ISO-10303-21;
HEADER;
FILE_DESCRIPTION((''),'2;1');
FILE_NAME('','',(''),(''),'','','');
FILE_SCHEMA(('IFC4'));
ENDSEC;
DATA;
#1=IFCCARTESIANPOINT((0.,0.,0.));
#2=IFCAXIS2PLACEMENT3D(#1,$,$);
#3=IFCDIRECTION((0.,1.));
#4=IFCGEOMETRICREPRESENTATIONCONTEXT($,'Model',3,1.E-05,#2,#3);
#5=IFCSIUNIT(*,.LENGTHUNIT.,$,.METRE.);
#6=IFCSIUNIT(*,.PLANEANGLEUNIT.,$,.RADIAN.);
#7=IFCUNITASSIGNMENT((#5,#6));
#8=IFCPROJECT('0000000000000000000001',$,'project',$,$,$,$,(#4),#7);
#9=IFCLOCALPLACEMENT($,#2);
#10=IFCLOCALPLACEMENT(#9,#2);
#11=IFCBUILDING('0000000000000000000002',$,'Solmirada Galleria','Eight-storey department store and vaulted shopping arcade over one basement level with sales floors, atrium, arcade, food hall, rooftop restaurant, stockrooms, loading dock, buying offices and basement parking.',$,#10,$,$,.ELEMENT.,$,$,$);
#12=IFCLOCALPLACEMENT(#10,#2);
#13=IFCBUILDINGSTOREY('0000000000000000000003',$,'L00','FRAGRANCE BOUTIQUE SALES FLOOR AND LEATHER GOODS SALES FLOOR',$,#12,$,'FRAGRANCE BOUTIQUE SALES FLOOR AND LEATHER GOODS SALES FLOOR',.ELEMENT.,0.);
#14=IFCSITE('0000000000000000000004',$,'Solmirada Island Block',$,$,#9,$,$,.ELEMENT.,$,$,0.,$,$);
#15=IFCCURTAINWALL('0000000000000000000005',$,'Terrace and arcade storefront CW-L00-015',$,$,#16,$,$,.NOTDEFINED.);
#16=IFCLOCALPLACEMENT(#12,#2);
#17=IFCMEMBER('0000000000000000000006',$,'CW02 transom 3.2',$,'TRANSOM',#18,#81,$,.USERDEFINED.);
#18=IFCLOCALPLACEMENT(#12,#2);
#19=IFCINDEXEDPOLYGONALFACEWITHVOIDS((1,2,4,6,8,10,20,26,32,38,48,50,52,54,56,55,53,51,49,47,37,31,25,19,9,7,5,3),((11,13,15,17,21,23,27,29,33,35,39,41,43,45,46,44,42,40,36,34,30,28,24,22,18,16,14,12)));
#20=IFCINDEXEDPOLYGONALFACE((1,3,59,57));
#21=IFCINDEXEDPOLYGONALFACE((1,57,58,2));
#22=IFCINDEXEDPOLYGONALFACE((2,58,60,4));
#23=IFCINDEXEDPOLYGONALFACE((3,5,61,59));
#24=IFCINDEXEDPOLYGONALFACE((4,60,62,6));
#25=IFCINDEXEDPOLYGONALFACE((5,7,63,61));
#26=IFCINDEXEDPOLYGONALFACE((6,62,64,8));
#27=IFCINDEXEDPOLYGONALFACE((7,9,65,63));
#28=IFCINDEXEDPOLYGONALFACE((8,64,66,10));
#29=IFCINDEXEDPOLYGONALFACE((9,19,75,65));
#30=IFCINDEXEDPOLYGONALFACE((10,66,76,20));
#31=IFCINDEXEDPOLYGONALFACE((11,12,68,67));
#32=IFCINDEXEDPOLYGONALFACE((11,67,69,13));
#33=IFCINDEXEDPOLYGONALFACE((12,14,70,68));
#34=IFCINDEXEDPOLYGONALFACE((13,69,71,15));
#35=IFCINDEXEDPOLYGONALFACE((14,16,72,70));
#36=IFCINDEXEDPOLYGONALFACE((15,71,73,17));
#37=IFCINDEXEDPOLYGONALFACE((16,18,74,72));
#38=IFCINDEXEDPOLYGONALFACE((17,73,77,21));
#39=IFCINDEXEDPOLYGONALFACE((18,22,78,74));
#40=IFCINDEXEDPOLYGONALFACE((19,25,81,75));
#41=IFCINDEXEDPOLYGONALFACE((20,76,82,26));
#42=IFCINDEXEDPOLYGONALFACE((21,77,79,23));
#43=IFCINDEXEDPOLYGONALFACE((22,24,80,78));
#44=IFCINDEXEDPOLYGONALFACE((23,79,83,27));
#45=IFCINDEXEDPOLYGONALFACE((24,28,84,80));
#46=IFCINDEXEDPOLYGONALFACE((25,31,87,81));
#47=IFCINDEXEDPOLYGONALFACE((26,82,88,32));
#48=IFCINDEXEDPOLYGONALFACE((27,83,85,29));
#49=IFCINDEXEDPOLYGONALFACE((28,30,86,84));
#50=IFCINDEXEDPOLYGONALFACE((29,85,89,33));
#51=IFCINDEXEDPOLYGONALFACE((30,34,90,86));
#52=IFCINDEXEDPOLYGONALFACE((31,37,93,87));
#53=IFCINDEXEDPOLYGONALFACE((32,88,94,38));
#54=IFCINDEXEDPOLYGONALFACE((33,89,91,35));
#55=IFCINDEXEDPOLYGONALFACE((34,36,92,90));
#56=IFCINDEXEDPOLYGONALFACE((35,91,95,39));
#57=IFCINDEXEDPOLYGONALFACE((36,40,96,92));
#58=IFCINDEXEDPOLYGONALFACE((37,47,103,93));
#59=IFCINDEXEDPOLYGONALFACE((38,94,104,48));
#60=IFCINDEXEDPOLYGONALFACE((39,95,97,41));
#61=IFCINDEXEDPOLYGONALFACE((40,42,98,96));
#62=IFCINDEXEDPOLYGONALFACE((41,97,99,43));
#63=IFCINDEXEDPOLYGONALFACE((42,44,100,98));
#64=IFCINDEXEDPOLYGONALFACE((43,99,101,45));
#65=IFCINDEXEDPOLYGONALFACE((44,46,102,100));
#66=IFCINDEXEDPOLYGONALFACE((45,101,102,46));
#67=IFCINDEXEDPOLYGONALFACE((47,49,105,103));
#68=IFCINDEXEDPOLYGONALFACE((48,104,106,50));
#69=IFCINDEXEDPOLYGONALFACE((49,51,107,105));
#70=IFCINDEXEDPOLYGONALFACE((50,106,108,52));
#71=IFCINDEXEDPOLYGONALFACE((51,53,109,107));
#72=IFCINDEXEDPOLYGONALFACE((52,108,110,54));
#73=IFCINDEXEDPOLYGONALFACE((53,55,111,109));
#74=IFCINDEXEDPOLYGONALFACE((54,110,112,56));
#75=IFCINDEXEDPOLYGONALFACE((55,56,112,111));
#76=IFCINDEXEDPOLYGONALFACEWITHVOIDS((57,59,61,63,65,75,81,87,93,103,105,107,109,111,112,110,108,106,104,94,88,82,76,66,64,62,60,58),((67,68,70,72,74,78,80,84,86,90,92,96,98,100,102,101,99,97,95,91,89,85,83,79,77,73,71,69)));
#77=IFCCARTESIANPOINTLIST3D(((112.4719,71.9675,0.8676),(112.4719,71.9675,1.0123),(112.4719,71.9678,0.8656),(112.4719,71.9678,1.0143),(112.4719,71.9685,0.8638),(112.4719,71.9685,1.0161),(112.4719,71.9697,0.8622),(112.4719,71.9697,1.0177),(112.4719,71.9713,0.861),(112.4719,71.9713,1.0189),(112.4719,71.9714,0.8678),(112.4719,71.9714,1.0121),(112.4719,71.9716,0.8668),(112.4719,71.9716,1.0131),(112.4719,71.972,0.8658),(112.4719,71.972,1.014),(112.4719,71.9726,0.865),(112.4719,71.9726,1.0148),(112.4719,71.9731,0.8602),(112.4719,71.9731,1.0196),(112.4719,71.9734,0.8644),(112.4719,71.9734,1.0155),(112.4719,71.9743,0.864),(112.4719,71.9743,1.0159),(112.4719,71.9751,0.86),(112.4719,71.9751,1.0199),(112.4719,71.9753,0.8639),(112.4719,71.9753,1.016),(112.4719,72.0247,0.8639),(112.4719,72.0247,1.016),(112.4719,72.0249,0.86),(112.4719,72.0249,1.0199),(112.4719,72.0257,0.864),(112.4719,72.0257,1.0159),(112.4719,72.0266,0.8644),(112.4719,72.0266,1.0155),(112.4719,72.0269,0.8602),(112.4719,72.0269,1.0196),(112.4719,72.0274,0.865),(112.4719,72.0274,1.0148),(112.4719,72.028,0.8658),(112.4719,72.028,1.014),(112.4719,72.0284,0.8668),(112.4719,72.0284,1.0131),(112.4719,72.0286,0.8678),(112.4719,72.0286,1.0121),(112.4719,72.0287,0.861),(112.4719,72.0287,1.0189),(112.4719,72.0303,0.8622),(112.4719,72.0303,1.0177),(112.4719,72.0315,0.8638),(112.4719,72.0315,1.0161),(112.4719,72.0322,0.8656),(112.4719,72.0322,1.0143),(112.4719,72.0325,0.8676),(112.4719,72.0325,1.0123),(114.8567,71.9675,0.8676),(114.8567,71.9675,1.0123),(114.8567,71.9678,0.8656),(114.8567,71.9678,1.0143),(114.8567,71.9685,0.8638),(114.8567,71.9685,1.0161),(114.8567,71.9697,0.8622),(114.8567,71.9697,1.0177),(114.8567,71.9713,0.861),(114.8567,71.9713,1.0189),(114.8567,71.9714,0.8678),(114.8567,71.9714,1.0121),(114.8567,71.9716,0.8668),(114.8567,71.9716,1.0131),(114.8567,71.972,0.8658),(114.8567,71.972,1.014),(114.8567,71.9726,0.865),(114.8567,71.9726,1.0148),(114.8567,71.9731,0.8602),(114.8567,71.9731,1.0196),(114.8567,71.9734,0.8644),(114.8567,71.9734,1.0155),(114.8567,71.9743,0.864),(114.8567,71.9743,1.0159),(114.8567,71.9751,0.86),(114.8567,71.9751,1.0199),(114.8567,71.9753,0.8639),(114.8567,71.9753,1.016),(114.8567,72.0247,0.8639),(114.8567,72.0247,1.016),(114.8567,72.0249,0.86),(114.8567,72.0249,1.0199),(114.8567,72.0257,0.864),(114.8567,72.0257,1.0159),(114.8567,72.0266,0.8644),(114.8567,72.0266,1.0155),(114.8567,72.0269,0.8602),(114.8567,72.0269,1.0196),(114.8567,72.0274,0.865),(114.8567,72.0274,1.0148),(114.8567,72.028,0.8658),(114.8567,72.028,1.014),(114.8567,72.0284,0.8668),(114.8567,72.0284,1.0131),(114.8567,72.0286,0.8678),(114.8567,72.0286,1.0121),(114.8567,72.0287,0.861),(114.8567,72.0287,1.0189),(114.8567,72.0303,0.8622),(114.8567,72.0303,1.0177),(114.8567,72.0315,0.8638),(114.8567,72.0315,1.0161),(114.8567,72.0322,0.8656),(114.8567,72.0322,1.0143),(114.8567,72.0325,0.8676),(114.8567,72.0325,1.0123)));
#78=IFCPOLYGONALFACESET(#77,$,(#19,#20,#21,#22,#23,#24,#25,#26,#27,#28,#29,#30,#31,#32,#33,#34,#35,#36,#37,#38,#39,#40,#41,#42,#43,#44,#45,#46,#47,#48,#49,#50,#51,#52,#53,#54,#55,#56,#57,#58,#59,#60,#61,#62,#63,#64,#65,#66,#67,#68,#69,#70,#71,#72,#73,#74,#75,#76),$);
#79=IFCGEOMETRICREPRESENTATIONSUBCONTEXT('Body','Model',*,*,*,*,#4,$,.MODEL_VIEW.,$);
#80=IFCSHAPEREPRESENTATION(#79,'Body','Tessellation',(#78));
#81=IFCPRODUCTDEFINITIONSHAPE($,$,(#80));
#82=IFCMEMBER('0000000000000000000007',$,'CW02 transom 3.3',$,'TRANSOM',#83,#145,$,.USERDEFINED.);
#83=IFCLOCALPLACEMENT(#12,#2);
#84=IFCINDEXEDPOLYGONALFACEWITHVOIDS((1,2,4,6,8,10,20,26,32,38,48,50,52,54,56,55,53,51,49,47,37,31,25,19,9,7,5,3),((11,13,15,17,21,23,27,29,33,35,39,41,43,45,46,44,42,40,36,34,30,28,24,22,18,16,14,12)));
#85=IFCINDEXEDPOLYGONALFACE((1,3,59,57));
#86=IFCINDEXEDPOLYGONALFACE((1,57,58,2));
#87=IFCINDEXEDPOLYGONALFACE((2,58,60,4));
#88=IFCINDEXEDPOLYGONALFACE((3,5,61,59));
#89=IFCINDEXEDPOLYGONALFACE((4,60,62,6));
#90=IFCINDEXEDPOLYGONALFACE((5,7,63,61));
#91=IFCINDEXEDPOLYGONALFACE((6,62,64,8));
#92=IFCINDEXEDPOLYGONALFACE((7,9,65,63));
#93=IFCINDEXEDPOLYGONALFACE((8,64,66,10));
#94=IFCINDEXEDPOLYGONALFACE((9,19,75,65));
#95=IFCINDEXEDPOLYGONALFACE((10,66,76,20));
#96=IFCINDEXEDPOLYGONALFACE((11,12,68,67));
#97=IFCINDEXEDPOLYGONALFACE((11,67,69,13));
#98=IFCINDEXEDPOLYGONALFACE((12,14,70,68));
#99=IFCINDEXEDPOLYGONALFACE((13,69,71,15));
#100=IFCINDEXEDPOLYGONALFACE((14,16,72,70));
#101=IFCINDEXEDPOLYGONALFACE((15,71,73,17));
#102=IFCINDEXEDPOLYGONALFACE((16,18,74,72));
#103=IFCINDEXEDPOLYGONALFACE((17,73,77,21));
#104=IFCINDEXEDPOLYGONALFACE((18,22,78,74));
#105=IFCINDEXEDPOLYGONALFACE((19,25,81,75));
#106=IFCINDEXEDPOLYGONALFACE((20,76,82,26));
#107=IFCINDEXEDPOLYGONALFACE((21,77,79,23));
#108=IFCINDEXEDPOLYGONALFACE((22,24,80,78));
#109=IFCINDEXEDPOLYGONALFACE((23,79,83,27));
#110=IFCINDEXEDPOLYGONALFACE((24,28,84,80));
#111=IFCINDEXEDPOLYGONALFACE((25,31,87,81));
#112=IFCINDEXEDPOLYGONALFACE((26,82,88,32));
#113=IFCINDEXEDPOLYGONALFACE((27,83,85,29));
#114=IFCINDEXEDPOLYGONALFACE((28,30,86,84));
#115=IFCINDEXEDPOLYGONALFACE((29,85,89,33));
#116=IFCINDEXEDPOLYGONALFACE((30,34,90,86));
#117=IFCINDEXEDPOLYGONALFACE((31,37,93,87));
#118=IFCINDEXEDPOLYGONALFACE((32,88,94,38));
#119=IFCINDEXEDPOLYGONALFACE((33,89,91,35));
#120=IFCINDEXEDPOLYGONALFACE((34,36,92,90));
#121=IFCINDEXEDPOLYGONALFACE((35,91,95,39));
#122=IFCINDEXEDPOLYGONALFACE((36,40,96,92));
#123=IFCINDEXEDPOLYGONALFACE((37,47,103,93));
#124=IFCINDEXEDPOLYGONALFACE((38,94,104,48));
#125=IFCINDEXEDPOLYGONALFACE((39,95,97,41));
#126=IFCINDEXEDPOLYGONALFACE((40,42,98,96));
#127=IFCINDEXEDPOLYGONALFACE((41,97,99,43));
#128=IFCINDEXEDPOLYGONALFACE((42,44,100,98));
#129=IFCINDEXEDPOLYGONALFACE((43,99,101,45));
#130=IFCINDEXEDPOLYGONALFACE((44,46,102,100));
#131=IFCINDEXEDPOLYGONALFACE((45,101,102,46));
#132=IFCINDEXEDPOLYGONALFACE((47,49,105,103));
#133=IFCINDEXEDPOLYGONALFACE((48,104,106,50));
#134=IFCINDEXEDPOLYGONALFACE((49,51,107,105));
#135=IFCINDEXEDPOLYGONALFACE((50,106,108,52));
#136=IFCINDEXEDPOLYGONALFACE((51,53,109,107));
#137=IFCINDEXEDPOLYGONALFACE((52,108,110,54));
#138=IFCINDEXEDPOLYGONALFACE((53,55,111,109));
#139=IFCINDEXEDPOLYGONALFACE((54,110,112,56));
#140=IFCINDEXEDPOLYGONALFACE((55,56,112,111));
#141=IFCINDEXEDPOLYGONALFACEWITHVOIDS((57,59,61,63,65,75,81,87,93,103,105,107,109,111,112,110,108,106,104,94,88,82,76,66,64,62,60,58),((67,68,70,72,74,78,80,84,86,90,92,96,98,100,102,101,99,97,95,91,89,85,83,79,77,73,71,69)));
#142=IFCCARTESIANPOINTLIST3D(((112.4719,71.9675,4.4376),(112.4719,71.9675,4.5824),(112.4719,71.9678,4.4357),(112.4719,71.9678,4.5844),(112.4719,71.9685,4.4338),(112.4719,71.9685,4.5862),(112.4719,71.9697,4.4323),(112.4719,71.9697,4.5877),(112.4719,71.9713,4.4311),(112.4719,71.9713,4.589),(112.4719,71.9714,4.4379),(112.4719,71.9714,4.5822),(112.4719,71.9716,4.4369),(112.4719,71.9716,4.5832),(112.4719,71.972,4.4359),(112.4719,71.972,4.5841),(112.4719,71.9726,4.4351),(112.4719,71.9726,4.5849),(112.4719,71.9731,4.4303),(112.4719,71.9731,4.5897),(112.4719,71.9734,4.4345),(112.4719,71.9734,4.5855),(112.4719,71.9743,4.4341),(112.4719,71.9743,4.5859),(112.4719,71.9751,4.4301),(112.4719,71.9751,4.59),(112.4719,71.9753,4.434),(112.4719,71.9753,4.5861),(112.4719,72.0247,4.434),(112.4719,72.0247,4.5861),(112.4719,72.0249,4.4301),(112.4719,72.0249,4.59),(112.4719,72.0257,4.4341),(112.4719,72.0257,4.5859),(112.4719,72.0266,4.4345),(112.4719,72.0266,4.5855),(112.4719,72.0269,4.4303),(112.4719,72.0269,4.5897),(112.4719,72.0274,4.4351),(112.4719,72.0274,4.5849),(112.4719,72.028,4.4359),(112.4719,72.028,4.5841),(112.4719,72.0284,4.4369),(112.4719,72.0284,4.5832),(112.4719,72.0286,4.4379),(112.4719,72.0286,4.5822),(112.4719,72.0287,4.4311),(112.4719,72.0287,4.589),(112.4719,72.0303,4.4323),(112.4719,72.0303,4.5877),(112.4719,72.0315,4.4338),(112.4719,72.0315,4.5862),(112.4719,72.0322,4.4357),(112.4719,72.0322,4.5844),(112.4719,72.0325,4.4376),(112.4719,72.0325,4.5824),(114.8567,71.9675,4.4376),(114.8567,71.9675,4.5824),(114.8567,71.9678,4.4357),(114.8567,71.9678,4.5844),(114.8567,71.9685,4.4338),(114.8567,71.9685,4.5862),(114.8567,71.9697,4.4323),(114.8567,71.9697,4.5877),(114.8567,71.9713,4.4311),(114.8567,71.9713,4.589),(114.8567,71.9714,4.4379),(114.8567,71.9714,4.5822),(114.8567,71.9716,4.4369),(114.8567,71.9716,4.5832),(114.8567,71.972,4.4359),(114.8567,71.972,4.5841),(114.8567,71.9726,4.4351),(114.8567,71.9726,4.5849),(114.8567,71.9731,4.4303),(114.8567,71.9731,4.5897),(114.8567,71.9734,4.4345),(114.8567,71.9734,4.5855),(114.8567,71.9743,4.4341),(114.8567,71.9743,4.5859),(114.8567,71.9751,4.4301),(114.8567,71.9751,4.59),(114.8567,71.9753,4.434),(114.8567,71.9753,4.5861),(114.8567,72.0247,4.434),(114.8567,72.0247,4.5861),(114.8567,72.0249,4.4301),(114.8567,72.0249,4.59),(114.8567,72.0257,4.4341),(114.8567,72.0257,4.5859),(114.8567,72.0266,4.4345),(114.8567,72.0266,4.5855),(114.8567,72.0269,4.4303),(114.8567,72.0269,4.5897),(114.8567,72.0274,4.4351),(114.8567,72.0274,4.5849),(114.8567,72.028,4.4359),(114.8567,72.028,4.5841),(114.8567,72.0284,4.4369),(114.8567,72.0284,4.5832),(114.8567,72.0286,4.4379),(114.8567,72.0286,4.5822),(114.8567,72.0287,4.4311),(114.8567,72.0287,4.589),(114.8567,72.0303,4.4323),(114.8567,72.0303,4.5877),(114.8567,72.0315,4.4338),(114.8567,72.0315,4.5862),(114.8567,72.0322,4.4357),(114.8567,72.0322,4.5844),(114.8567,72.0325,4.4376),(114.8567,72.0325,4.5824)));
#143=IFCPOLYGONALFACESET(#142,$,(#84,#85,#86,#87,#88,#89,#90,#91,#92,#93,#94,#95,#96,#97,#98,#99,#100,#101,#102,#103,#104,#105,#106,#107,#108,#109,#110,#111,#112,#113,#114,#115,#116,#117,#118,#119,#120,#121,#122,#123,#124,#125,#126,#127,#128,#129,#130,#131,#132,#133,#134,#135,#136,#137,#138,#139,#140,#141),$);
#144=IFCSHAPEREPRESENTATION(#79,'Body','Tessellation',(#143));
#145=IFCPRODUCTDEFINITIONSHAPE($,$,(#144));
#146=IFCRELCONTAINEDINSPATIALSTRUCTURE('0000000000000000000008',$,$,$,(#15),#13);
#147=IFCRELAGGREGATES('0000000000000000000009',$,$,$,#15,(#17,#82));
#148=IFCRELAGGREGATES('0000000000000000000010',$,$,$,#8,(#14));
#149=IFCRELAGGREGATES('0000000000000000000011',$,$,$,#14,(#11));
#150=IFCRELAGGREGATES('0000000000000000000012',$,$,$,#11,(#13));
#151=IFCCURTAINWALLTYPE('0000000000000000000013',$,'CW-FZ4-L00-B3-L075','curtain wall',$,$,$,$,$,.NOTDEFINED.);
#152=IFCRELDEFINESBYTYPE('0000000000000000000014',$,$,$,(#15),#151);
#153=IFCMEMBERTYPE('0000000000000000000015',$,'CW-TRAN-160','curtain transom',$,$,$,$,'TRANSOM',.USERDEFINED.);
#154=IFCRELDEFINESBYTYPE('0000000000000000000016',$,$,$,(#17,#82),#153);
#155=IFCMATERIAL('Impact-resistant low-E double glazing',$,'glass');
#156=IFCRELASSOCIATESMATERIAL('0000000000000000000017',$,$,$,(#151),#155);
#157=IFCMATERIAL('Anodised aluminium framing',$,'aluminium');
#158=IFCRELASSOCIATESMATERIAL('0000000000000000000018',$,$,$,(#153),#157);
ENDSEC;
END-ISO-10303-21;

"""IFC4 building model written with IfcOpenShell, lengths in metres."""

from ifc_helpers import new_model, si_unit, direction, frame, origin, origin_2d, place, context, subcontext, project, spatial, hollow_rectangle, extrude, material, material_profile, profile_set, type_object, element, aggregate, save


model = new_model("IFC4")

# Units and contexts
model_context = context("Model", 3, precision=1e-05, world=origin(), true_north=direction((0.0, 1.0)))
body_context = subcontext(model_context, "Body", "Model", "MODEL_VIEW")
ifc_project = project(units=[si_unit("LENGTHUNIT", "METRE"), si_unit("PLANEANGLEUNIT", "RADIAN")], contexts=[model_context])

# Site, building, storey
site_placement = place(None, origin())
site = spatial("IfcSite", under=ifc_project, at=site_placement, Name="Solmirada Island Block", CompositionType="ELEMENT", RefElevation=0.0)
building_placement = place(site_placement, origin())
building = spatial("IfcBuilding", under=site, at=building_placement, Name="Solmirada Galleria", Description="Eight-storey department store and vaulted shopping arcade over one basement level with sales floors, atrium, arcade, food hall, rooftop restaurant, stockrooms, loading dock, buying offices and basement parking.", CompositionType="ELEMENT")
storey_placement = place(building_placement, origin())
storey = spatial("IfcBuildingStorey", under=building, at=storey_placement, Name="L00", Description="FRAGRANCE BOUTIQUE SALES FLOOR AND LEATHER GOODS SALES FLOOR", LongName="FRAGRANCE BOUTIQUE SALES FLOOR AND LEATHER GOODS SALES FLOOR", CompositionType="ELEMENT", Elevation=0.0)

# Curtain wall
ifc_material_1 = material(Name="Impact-resistant low-E double glazing", Category="glass")
curtain_wall_type_1 = type_object("IfcCurtainWallType", Name="CW-FZ4-L00-B3-L075", Description="curtain wall", PredefinedType="NOTDEFINED", material=ifc_material_1)
curtain_wall_1_placement = place(storey_placement, origin())
curtain_wall_1 = element("IfcCurtainWall", 1, at=curtain_wall_1_placement, inside=storey, type_object=curtain_wall_type_1, Name="Terrace and arcade storefront CW-L00-015", PredefinedType="NOTDEFINED")
ifc_material_2 = material(Name="Anodised aluminium framing", Category="aluminium")

# Members
ifc_material_profile_1 = material_profile(ifc_material_2, hollow_rectangle(XDim=0.0649, YDim=0.1599, WallThickness=0.0039, InnerFilletRadius=0.0039, OuterFilletRadius=0.0076, at=origin_2d()), Name="ALU-TRAN-160X65")
ifc_profile_set_1 = profile_set([ifc_material_profile_1], Name="Anodised aluminium framing")
member_type_1 = type_object("IfcMemberType", Name="CW-TRAN-160", Description="curtain transom", ElementType="TRANSOM", PredefinedType="USERDEFINED", material=ifc_profile_set_1)
member_1_placement = place(storey_placement, frame((114.8567, 72.0, 0.9399), z_axis=(-1.0, 0.0, 0.0), x_axis=(0.0, -1.0, 0.0)))
member_1 = element("IfcMember", 2, at=member_1_placement, type_object=member_type_1, Name="CW02 transom 3.2", ObjectType="TRANSOM", PredefinedType="USERDEFINED", context=body_context, shape_type="SweptSolid", body=[
    extrude(hollow_rectangle(XDim=0.0649, YDim=0.1599, WallThickness=0.0039, InnerFilletRadius=0.0039, OuterFilletRadius=0.0076, at=origin_2d()), origin(), (0.0, 0.0, 1.0), 2.3848),
])
member_2_placement = place(storey_placement, frame((114.8567, 72.0, 4.51), z_axis=(-1.0, 0.0, 0.0), x_axis=(0.0, -1.0, 0.0)))
member_2 = element("IfcMember", 3, at=member_2_placement, type_object=member_type_1, Name="CW02 transom 3.3", ObjectType="TRANSOM", PredefinedType="USERDEFINED", context=body_context, shape_type="SweptSolid", body=[
    extrude(hollow_rectangle(XDim=0.0649, YDim=0.1599, WallThickness=0.0039, InnerFilletRadius=0.0039, OuterFilletRadius=0.0076, at=origin_2d()), origin(), (0.0, 0.0, 1.0), 2.3848),
])

aggregate(curtain_wall_1, [member_1, member_2])

save(model, "model.ifc")
